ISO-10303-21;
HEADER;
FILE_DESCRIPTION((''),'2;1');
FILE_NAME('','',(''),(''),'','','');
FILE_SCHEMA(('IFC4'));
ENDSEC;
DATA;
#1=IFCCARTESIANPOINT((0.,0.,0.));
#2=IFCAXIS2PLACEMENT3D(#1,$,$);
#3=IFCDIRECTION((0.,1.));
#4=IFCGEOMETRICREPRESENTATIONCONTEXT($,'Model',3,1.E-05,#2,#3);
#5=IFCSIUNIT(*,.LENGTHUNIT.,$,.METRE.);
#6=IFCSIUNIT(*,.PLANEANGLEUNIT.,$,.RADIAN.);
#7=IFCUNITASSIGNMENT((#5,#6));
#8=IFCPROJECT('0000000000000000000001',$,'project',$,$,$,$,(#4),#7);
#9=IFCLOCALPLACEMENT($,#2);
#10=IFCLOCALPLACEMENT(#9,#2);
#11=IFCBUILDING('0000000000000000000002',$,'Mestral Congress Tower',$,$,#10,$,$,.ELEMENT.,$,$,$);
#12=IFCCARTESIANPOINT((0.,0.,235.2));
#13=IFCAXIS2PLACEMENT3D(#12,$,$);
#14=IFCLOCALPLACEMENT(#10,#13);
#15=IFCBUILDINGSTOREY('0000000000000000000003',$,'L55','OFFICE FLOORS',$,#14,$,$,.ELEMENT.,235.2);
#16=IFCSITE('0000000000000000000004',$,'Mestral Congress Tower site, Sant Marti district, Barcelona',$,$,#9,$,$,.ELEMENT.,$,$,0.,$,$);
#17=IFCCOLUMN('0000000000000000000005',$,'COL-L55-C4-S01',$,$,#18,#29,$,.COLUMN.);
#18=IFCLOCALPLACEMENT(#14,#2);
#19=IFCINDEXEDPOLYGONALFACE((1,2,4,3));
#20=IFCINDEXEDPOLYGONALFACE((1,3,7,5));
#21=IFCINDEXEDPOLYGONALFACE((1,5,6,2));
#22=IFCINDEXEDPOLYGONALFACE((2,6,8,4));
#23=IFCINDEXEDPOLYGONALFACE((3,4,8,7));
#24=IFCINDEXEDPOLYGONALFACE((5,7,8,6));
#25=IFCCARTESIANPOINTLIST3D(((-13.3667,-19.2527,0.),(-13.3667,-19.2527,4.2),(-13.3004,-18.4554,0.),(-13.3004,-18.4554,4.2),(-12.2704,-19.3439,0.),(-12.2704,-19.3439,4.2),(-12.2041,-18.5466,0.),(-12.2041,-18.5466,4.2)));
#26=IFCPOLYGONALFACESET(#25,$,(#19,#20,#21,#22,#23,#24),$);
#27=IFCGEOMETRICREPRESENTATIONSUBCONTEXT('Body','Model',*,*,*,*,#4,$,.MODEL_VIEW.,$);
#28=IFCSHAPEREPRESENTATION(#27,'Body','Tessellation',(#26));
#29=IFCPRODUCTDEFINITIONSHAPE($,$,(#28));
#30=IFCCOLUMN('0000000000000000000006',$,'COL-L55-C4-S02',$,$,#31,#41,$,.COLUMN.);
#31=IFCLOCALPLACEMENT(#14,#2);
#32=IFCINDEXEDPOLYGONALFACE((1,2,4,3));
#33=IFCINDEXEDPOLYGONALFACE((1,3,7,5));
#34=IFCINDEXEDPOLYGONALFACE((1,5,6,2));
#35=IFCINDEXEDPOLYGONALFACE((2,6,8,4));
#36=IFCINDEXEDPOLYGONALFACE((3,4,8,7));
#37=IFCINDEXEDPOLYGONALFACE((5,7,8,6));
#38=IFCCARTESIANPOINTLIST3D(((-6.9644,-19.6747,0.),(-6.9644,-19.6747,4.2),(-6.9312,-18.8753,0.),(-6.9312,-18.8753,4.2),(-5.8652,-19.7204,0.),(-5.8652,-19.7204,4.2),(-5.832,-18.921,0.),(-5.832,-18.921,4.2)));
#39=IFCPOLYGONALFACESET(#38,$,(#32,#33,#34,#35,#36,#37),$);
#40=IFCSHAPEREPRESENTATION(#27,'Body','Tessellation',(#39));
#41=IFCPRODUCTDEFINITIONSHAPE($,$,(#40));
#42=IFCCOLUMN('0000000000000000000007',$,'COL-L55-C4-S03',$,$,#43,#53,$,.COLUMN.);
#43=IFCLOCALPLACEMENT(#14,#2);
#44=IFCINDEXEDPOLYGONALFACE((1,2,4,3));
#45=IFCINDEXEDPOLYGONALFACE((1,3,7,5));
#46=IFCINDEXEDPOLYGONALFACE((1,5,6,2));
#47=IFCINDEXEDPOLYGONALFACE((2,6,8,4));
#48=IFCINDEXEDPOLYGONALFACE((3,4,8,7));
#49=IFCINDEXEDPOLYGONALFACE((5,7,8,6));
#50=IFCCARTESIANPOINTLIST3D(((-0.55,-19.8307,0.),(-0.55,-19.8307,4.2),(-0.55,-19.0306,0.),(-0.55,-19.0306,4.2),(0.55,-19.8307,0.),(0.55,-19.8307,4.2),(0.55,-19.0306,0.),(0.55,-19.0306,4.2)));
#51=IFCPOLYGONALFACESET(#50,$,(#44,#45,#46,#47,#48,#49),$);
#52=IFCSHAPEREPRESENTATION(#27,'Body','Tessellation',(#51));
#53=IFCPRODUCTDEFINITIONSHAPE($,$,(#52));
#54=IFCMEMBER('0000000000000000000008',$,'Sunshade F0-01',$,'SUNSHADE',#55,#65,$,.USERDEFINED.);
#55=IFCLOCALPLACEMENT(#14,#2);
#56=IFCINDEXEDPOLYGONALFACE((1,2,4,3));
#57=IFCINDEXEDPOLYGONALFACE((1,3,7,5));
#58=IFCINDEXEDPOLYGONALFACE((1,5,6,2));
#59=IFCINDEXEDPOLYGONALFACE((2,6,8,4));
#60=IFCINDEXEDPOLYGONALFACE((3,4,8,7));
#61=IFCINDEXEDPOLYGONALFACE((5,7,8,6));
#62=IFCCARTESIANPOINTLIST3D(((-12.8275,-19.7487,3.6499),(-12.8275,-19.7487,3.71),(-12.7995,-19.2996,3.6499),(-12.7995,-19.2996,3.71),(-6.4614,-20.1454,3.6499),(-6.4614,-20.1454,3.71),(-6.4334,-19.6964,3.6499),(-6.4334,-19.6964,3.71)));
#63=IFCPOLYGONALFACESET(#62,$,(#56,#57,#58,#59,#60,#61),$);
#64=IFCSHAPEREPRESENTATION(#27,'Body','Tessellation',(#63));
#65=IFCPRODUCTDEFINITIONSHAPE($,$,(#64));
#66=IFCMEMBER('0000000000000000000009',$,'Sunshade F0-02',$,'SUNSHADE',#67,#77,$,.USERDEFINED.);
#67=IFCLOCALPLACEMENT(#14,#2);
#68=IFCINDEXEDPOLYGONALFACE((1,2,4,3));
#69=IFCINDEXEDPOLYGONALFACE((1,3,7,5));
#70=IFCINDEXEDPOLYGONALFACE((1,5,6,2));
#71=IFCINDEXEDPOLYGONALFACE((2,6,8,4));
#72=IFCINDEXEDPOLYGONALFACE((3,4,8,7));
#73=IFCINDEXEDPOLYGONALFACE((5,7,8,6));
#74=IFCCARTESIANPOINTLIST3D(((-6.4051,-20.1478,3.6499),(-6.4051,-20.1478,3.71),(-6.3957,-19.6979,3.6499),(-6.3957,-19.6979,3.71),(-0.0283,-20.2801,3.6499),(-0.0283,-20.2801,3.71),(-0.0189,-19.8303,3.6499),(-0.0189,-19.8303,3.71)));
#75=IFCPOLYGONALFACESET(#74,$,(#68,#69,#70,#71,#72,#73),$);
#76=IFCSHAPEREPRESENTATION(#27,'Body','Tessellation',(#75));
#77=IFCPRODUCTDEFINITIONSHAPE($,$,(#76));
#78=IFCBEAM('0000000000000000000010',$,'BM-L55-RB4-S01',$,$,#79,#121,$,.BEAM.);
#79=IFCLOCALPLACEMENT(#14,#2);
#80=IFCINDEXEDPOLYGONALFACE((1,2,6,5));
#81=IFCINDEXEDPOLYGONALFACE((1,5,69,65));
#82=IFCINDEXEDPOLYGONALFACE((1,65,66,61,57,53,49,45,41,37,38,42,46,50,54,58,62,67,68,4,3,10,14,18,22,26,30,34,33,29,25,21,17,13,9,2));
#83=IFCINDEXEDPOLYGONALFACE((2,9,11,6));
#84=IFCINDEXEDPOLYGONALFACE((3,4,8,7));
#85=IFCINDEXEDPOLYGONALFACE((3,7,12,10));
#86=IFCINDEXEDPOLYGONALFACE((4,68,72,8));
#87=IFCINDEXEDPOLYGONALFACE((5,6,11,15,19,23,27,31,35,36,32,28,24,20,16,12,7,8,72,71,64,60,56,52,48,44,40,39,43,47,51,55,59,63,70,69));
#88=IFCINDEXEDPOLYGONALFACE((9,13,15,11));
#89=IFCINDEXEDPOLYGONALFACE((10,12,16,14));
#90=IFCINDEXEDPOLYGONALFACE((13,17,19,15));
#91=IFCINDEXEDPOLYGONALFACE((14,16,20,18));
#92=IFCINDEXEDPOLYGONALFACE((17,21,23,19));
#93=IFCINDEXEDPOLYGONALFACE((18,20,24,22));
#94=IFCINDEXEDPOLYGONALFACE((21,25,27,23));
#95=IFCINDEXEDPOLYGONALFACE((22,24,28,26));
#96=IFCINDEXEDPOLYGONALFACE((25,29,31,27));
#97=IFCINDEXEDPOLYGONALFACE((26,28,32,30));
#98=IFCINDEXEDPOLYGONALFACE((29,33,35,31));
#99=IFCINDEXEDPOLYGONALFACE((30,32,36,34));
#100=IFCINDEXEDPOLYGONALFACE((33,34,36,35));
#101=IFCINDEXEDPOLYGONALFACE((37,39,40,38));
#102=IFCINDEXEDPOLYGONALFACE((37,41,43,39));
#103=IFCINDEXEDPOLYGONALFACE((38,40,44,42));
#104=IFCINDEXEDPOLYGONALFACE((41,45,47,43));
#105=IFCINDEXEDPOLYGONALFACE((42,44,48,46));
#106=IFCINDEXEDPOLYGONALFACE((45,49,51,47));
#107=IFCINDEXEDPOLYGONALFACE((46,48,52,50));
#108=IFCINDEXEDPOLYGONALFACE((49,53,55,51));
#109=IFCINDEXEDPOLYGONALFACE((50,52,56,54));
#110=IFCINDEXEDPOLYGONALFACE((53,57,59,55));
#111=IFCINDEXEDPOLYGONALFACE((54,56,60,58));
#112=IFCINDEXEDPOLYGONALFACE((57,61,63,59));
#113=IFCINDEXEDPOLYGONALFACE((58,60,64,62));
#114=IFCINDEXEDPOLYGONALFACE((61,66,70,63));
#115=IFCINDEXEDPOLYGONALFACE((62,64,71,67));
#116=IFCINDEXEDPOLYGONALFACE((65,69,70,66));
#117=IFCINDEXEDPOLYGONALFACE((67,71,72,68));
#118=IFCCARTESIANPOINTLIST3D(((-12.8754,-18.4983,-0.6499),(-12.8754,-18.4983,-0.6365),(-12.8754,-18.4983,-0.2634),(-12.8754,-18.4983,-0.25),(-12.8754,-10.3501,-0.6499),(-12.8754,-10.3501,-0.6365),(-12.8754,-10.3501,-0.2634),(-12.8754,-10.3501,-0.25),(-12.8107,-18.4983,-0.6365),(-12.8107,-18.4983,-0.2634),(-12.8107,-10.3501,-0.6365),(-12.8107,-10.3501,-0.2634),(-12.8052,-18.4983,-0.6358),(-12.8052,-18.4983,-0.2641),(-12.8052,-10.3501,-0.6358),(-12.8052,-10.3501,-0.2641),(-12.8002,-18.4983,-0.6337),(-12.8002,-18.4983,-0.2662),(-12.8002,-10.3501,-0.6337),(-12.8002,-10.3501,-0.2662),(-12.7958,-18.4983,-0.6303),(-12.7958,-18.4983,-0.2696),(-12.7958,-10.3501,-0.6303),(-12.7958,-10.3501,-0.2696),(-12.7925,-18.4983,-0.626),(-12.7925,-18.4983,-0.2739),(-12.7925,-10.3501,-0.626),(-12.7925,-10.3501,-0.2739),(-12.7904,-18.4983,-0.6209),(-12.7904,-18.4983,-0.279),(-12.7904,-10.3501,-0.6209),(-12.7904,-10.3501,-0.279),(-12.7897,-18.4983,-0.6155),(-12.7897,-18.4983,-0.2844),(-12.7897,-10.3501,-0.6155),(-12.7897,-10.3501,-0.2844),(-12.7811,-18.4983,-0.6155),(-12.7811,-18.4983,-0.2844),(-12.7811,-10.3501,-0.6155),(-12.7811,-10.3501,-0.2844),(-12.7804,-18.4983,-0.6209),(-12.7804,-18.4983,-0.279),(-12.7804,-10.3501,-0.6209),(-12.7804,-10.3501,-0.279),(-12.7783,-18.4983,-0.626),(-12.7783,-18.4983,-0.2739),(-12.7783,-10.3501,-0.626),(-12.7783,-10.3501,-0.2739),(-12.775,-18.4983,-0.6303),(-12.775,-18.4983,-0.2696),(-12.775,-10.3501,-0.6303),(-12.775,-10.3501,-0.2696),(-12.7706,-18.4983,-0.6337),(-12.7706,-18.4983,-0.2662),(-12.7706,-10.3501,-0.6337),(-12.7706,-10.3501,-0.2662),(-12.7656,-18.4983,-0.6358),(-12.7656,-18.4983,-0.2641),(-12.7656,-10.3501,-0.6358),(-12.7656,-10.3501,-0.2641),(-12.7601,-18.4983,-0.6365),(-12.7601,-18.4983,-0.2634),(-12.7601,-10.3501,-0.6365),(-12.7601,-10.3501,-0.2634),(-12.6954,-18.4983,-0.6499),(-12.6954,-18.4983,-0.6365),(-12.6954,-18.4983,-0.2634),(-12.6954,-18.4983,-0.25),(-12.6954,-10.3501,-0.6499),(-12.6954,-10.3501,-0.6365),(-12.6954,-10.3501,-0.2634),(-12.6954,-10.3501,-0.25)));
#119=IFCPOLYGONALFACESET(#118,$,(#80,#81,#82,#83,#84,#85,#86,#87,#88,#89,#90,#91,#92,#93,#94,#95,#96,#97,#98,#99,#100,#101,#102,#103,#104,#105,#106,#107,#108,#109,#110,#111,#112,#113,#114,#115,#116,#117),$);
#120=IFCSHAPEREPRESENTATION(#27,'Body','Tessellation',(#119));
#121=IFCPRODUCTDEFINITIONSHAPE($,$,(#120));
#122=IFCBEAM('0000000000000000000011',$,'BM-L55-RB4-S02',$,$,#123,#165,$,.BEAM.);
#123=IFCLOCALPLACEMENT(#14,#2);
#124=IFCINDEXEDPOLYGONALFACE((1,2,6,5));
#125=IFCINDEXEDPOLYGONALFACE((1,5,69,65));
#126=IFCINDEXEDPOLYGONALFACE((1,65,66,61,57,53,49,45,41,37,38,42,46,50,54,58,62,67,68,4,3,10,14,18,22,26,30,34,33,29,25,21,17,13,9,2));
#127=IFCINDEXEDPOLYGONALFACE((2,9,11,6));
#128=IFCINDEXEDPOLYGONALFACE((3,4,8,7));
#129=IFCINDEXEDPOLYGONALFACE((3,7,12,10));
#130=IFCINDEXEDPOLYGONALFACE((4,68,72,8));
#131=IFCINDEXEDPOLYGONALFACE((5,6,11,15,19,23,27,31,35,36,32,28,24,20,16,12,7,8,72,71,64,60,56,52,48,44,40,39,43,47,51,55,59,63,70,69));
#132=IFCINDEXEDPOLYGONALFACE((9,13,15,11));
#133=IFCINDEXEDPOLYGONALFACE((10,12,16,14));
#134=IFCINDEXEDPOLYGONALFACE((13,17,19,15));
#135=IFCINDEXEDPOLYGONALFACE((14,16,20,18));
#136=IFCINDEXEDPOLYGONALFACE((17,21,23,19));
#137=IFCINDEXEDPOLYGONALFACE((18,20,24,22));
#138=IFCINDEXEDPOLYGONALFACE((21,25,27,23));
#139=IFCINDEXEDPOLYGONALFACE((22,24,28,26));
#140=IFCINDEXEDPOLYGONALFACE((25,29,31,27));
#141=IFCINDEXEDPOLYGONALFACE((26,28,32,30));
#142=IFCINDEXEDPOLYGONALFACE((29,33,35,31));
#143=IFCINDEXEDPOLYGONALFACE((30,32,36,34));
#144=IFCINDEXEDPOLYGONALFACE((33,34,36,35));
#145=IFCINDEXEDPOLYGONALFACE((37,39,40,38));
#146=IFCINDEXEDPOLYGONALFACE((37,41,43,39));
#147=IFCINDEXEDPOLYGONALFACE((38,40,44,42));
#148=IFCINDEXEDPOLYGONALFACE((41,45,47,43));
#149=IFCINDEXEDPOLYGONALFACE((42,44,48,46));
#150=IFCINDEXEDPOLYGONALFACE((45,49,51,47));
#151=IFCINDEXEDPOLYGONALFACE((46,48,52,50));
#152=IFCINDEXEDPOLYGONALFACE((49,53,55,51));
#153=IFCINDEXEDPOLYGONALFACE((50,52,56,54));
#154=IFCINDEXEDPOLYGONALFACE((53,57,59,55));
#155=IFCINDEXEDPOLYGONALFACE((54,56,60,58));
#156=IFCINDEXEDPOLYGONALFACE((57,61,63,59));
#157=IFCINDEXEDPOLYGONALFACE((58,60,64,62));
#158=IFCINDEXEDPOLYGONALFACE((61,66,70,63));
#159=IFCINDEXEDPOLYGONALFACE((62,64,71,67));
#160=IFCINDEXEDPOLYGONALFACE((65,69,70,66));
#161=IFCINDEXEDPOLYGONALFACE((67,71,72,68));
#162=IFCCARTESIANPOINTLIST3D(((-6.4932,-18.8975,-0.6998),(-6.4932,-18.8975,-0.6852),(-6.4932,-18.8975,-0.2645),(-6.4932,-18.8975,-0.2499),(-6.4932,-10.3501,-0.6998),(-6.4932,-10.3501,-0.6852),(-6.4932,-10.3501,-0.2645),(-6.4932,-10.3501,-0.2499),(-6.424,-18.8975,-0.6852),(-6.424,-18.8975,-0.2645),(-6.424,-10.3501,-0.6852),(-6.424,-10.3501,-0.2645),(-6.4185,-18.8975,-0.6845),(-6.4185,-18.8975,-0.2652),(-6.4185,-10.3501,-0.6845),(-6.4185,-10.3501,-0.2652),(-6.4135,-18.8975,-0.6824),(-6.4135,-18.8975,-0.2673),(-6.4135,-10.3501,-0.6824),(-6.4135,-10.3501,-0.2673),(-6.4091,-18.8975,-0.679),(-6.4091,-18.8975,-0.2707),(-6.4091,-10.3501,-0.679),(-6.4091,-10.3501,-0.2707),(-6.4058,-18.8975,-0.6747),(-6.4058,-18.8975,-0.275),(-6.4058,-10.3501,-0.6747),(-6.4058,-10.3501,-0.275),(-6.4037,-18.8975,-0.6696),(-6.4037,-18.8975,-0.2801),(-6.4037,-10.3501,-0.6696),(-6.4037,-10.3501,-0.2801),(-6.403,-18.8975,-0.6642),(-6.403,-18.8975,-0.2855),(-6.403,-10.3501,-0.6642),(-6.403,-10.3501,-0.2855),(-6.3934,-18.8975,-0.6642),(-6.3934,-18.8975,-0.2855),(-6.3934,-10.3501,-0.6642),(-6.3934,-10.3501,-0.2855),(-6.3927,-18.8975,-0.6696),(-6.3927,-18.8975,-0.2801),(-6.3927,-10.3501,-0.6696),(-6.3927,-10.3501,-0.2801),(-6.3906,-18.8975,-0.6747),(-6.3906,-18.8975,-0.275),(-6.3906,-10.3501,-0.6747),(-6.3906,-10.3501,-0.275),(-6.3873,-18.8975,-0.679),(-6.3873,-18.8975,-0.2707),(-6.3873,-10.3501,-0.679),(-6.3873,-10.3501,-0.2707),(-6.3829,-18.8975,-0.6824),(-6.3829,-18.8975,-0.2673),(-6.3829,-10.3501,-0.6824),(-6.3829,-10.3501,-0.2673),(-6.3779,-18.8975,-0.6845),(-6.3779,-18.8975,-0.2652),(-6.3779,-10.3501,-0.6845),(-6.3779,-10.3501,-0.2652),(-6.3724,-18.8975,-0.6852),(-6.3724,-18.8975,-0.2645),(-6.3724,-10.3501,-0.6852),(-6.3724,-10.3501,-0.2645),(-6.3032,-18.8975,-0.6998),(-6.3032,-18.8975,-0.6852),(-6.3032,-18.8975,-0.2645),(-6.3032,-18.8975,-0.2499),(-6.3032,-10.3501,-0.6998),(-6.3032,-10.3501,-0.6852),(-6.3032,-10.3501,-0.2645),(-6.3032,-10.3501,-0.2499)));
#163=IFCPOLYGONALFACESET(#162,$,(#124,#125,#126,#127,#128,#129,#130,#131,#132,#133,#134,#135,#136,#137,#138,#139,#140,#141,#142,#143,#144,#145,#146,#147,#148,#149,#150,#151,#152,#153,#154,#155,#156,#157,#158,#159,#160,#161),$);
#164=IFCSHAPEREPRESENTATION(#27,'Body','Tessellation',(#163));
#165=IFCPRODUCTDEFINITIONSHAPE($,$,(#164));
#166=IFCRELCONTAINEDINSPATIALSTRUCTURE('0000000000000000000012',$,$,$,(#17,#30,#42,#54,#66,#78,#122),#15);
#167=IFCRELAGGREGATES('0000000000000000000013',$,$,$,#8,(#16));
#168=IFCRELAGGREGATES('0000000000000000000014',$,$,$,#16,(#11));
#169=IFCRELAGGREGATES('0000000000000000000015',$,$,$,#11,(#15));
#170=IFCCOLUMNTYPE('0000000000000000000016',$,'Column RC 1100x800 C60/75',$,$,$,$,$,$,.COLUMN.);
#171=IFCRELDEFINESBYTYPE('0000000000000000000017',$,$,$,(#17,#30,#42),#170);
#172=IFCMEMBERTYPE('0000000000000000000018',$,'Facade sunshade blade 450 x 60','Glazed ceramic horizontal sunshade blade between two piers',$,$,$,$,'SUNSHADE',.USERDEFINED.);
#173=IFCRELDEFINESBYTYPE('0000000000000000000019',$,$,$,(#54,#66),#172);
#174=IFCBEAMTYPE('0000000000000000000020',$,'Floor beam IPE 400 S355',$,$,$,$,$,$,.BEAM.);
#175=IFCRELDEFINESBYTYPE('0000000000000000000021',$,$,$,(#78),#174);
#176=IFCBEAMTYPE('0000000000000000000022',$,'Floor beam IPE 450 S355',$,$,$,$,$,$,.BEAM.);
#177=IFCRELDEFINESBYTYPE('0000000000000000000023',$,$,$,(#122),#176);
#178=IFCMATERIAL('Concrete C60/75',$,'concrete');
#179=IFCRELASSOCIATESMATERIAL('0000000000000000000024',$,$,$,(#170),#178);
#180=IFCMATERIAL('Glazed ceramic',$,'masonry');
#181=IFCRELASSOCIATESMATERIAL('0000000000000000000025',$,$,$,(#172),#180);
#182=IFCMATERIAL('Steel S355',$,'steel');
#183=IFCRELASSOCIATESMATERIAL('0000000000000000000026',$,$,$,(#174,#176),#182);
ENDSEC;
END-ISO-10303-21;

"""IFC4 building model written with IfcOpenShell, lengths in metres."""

from ifc_helpers import new_model, si_unit, direction, frame, origin, origin_2d, place, context, subcontext, project, spatial, rectangle, i_section, extrude, material, material_profile, profile_set, type_object, element, save


model = new_model("IFC4")

# Units and contexts
model_context = context("Model", 3, precision=1e-05, world=origin(), true_north=direction((0.0, 1.0)))
body_context = subcontext(model_context, "Body", "Model", "MODEL_VIEW")
ifc_project = project(units=[si_unit("LENGTHUNIT", "METRE"), si_unit("PLANEANGLEUNIT", "RADIAN")], contexts=[model_context])

# Site, building, storey
site_placement = place(None, origin())
site = spatial("IfcSite", under=ifc_project, at=site_placement, Name="Mestral Congress Tower site, Sant Marti district, Barcelona", CompositionType="ELEMENT", RefElevation=0.0)
building_placement = place(site_placement, origin())
building = spatial("IfcBuilding", under=site, at=building_placement, Name="Mestral Congress Tower", CompositionType="ELEMENT")
storey_placement = place(building_placement, frame((0.0, 0.0, 235.2)))
storey = spatial("IfcBuildingStorey", under=building, at=storey_placement, Name="L55", Description="OFFICE FLOORS", CompositionType="ELEMENT", Elevation=235.2)

# Columns
ifc_material_1 = material(Name="Concrete C60/75", Category="concrete")
ifc_material_profile_1 = material_profile(ifc_material_1, rectangle(XDim=1.1001, YDim=0.8, at=origin_2d()), Name="RC 1100x800")
ifc_profile_set_1 = profile_set([ifc_material_profile_1], Name="Concrete C60/75")
column_type = type_object("IfcColumnType", Name="Column RC 1100x800 C60/75", PredefinedType="COLUMN", material=ifc_profile_set_1)
for number, where, z_axis, x_axis, name in (
    (1, (-12.7854, -18.8997, 0.0), (0.0, 0.0, 1.0), (0.996557, -0.082914, 0.0), "COL-L55-C4-S01"),
    (2, (-6.3982, -19.2979, 0.0), (0.0, 0.0, 1.0), (0.999139, -0.041492, 0.0), "COL-L55-C4-S02"),
    (3, (0.0, -19.4307, 0.0), (0.0, 0.0, 1.0), (1.0, 0.0, 0.0), "COL-L55-C4-S03"),
):
    element("IfcColumn", number, at=place(storey_placement, frame(where, z_axis=z_axis, x_axis=x_axis)), inside=storey, type_object=column_type, Name=name, PredefinedType="COLUMN", context=body_context, shape_type="SweptSolid", body=[
        extrude(rectangle(XDim=1.1001, YDim=0.8, at=origin_2d()), origin(), (0.0, 0.0, 1.0), 4.2),
    ])

# Members
ifc_material_2 = material(Name="Glazed ceramic", Category="masonry")
ifc_material_profile_2 = material_profile(ifc_material_2, rectangle(XDim=0.45, YDim=0.0601, at=origin_2d()), Name="Ceramic blade 450 x 60")
ifc_profile_set_2 = profile_set([ifc_material_profile_2], Name="Glazed ceramic")
member_type = type_object("IfcMemberType", Name="Facade sunshade blade 450 x 60", Description="Glazed ceramic horizontal sunshade blade between two piers", ElementType="SUNSHADE", PredefinedType="USERDEFINED", material=ifc_profile_set_2)
member_1_placement = place(storey_placement, frame((-12.8135, -19.5242, 3.6799), z_axis=(0.998064, -0.0622, 0.0), x_axis=(0.0622, 0.998064, 0.0)))
element("IfcMember", 4, at=member_1_placement, inside=storey, type_object=member_type, Name="Sunshade F0-01", ObjectType="SUNSHADE", PredefinedType="USERDEFINED", context=body_context, shape_type="SweptSolid", body=[
    extrude(rectangle(XDim=0.45, YDim=0.0601, at=origin_2d()), origin(), (0.0, 0.0, 1.0), 6.3784),
])
member_2_placement = place(storey_placement, frame((-6.4004, -19.9229, 3.6799), z_axis=(0.999785, -0.020747, 0.0), x_axis=(0.020747, 0.999785, 0.0)))
element("IfcMember", 5, at=member_2_placement, inside=storey, type_object=member_type, Name="Sunshade F0-02", ObjectType="SUNSHADE", PredefinedType="USERDEFINED", context=body_context, shape_type="SweptSolid", body=[
    extrude(rectangle(XDim=0.45, YDim=0.0601, at=origin_2d()), origin(), (0.0, 0.0, 1.0), 6.3782),
])

# Beams
ifc_material_3 = material(Name="Steel S355", Category="steel")
ifc_material_profile_3 = material_profile(ifc_material_3, i_section(OverallWidth=0.1799, OverallDepth=0.3999, WebThickness=0.0085, FlangeThickness=0.0134, FilletRadius=0.021, at=origin_2d()), Name="IPE 400")
ifc_profile_set_3 = profile_set([ifc_material_profile_3], Name="Steel S355")
beam_type_1 = type_object("IfcBeamType", Name="Floor beam IPE 400 S355", PredefinedType="BEAM", material=ifc_profile_set_3)
beam_1_placement = place(storey_placement, frame((-12.7854, -18.4983, -0.45), z_axis=(0.0, 1.0, 0.0), x_axis=(-1.0, 0.0, 0.0)))
element("IfcBeam", 6, at=beam_1_placement, inside=storey, type_object=beam_type_1, Name="BM-L55-RB4-S01", PredefinedType="BEAM", context=body_context, shape_type="SweptSolid", body=[
    extrude(i_section(OverallWidth=0.1799, OverallDepth=0.3999, WebThickness=0.0085, FlangeThickness=0.0134, FilletRadius=0.021, at=origin_2d()), origin(), (0.0, 0.0, 1.0), 8.1482),
])
ifc_material_profile_4 = material_profile(ifc_material_3, i_section(OverallWidth=0.1899, OverallDepth=0.45, WebThickness=0.0095, FlangeThickness=0.0146, FilletRadius=0.021, at=origin_2d()), Name="IPE 450")
ifc_profile_set_4 = profile_set([ifc_material_profile_4], Name="Steel S355")
beam_type_2 = type_object("IfcBeamType", Name="Floor beam IPE 450 S355", PredefinedType="BEAM", material=ifc_profile_set_4)
beam_2_placement = place(storey_placement, frame((-6.3982, -18.8975, -0.4749), z_axis=(0.0, 1.0, 0.0), x_axis=(-1.0, 0.0, 0.0)))
element("IfcBeam", 7, at=beam_2_placement, inside=storey, type_object=beam_type_2, Name="BM-L55-RB4-S02", PredefinedType="BEAM", context=body_context, shape_type="SweptSolid", body=[
    extrude(i_section(OverallWidth=0.1899, OverallDepth=0.45, WebThickness=0.0095, FlangeThickness=0.0146, FilletRadius=0.021, at=origin_2d()), origin(), (0.0, 0.0, 1.0), 8.5474),
])

save(model, "model.ifc")
